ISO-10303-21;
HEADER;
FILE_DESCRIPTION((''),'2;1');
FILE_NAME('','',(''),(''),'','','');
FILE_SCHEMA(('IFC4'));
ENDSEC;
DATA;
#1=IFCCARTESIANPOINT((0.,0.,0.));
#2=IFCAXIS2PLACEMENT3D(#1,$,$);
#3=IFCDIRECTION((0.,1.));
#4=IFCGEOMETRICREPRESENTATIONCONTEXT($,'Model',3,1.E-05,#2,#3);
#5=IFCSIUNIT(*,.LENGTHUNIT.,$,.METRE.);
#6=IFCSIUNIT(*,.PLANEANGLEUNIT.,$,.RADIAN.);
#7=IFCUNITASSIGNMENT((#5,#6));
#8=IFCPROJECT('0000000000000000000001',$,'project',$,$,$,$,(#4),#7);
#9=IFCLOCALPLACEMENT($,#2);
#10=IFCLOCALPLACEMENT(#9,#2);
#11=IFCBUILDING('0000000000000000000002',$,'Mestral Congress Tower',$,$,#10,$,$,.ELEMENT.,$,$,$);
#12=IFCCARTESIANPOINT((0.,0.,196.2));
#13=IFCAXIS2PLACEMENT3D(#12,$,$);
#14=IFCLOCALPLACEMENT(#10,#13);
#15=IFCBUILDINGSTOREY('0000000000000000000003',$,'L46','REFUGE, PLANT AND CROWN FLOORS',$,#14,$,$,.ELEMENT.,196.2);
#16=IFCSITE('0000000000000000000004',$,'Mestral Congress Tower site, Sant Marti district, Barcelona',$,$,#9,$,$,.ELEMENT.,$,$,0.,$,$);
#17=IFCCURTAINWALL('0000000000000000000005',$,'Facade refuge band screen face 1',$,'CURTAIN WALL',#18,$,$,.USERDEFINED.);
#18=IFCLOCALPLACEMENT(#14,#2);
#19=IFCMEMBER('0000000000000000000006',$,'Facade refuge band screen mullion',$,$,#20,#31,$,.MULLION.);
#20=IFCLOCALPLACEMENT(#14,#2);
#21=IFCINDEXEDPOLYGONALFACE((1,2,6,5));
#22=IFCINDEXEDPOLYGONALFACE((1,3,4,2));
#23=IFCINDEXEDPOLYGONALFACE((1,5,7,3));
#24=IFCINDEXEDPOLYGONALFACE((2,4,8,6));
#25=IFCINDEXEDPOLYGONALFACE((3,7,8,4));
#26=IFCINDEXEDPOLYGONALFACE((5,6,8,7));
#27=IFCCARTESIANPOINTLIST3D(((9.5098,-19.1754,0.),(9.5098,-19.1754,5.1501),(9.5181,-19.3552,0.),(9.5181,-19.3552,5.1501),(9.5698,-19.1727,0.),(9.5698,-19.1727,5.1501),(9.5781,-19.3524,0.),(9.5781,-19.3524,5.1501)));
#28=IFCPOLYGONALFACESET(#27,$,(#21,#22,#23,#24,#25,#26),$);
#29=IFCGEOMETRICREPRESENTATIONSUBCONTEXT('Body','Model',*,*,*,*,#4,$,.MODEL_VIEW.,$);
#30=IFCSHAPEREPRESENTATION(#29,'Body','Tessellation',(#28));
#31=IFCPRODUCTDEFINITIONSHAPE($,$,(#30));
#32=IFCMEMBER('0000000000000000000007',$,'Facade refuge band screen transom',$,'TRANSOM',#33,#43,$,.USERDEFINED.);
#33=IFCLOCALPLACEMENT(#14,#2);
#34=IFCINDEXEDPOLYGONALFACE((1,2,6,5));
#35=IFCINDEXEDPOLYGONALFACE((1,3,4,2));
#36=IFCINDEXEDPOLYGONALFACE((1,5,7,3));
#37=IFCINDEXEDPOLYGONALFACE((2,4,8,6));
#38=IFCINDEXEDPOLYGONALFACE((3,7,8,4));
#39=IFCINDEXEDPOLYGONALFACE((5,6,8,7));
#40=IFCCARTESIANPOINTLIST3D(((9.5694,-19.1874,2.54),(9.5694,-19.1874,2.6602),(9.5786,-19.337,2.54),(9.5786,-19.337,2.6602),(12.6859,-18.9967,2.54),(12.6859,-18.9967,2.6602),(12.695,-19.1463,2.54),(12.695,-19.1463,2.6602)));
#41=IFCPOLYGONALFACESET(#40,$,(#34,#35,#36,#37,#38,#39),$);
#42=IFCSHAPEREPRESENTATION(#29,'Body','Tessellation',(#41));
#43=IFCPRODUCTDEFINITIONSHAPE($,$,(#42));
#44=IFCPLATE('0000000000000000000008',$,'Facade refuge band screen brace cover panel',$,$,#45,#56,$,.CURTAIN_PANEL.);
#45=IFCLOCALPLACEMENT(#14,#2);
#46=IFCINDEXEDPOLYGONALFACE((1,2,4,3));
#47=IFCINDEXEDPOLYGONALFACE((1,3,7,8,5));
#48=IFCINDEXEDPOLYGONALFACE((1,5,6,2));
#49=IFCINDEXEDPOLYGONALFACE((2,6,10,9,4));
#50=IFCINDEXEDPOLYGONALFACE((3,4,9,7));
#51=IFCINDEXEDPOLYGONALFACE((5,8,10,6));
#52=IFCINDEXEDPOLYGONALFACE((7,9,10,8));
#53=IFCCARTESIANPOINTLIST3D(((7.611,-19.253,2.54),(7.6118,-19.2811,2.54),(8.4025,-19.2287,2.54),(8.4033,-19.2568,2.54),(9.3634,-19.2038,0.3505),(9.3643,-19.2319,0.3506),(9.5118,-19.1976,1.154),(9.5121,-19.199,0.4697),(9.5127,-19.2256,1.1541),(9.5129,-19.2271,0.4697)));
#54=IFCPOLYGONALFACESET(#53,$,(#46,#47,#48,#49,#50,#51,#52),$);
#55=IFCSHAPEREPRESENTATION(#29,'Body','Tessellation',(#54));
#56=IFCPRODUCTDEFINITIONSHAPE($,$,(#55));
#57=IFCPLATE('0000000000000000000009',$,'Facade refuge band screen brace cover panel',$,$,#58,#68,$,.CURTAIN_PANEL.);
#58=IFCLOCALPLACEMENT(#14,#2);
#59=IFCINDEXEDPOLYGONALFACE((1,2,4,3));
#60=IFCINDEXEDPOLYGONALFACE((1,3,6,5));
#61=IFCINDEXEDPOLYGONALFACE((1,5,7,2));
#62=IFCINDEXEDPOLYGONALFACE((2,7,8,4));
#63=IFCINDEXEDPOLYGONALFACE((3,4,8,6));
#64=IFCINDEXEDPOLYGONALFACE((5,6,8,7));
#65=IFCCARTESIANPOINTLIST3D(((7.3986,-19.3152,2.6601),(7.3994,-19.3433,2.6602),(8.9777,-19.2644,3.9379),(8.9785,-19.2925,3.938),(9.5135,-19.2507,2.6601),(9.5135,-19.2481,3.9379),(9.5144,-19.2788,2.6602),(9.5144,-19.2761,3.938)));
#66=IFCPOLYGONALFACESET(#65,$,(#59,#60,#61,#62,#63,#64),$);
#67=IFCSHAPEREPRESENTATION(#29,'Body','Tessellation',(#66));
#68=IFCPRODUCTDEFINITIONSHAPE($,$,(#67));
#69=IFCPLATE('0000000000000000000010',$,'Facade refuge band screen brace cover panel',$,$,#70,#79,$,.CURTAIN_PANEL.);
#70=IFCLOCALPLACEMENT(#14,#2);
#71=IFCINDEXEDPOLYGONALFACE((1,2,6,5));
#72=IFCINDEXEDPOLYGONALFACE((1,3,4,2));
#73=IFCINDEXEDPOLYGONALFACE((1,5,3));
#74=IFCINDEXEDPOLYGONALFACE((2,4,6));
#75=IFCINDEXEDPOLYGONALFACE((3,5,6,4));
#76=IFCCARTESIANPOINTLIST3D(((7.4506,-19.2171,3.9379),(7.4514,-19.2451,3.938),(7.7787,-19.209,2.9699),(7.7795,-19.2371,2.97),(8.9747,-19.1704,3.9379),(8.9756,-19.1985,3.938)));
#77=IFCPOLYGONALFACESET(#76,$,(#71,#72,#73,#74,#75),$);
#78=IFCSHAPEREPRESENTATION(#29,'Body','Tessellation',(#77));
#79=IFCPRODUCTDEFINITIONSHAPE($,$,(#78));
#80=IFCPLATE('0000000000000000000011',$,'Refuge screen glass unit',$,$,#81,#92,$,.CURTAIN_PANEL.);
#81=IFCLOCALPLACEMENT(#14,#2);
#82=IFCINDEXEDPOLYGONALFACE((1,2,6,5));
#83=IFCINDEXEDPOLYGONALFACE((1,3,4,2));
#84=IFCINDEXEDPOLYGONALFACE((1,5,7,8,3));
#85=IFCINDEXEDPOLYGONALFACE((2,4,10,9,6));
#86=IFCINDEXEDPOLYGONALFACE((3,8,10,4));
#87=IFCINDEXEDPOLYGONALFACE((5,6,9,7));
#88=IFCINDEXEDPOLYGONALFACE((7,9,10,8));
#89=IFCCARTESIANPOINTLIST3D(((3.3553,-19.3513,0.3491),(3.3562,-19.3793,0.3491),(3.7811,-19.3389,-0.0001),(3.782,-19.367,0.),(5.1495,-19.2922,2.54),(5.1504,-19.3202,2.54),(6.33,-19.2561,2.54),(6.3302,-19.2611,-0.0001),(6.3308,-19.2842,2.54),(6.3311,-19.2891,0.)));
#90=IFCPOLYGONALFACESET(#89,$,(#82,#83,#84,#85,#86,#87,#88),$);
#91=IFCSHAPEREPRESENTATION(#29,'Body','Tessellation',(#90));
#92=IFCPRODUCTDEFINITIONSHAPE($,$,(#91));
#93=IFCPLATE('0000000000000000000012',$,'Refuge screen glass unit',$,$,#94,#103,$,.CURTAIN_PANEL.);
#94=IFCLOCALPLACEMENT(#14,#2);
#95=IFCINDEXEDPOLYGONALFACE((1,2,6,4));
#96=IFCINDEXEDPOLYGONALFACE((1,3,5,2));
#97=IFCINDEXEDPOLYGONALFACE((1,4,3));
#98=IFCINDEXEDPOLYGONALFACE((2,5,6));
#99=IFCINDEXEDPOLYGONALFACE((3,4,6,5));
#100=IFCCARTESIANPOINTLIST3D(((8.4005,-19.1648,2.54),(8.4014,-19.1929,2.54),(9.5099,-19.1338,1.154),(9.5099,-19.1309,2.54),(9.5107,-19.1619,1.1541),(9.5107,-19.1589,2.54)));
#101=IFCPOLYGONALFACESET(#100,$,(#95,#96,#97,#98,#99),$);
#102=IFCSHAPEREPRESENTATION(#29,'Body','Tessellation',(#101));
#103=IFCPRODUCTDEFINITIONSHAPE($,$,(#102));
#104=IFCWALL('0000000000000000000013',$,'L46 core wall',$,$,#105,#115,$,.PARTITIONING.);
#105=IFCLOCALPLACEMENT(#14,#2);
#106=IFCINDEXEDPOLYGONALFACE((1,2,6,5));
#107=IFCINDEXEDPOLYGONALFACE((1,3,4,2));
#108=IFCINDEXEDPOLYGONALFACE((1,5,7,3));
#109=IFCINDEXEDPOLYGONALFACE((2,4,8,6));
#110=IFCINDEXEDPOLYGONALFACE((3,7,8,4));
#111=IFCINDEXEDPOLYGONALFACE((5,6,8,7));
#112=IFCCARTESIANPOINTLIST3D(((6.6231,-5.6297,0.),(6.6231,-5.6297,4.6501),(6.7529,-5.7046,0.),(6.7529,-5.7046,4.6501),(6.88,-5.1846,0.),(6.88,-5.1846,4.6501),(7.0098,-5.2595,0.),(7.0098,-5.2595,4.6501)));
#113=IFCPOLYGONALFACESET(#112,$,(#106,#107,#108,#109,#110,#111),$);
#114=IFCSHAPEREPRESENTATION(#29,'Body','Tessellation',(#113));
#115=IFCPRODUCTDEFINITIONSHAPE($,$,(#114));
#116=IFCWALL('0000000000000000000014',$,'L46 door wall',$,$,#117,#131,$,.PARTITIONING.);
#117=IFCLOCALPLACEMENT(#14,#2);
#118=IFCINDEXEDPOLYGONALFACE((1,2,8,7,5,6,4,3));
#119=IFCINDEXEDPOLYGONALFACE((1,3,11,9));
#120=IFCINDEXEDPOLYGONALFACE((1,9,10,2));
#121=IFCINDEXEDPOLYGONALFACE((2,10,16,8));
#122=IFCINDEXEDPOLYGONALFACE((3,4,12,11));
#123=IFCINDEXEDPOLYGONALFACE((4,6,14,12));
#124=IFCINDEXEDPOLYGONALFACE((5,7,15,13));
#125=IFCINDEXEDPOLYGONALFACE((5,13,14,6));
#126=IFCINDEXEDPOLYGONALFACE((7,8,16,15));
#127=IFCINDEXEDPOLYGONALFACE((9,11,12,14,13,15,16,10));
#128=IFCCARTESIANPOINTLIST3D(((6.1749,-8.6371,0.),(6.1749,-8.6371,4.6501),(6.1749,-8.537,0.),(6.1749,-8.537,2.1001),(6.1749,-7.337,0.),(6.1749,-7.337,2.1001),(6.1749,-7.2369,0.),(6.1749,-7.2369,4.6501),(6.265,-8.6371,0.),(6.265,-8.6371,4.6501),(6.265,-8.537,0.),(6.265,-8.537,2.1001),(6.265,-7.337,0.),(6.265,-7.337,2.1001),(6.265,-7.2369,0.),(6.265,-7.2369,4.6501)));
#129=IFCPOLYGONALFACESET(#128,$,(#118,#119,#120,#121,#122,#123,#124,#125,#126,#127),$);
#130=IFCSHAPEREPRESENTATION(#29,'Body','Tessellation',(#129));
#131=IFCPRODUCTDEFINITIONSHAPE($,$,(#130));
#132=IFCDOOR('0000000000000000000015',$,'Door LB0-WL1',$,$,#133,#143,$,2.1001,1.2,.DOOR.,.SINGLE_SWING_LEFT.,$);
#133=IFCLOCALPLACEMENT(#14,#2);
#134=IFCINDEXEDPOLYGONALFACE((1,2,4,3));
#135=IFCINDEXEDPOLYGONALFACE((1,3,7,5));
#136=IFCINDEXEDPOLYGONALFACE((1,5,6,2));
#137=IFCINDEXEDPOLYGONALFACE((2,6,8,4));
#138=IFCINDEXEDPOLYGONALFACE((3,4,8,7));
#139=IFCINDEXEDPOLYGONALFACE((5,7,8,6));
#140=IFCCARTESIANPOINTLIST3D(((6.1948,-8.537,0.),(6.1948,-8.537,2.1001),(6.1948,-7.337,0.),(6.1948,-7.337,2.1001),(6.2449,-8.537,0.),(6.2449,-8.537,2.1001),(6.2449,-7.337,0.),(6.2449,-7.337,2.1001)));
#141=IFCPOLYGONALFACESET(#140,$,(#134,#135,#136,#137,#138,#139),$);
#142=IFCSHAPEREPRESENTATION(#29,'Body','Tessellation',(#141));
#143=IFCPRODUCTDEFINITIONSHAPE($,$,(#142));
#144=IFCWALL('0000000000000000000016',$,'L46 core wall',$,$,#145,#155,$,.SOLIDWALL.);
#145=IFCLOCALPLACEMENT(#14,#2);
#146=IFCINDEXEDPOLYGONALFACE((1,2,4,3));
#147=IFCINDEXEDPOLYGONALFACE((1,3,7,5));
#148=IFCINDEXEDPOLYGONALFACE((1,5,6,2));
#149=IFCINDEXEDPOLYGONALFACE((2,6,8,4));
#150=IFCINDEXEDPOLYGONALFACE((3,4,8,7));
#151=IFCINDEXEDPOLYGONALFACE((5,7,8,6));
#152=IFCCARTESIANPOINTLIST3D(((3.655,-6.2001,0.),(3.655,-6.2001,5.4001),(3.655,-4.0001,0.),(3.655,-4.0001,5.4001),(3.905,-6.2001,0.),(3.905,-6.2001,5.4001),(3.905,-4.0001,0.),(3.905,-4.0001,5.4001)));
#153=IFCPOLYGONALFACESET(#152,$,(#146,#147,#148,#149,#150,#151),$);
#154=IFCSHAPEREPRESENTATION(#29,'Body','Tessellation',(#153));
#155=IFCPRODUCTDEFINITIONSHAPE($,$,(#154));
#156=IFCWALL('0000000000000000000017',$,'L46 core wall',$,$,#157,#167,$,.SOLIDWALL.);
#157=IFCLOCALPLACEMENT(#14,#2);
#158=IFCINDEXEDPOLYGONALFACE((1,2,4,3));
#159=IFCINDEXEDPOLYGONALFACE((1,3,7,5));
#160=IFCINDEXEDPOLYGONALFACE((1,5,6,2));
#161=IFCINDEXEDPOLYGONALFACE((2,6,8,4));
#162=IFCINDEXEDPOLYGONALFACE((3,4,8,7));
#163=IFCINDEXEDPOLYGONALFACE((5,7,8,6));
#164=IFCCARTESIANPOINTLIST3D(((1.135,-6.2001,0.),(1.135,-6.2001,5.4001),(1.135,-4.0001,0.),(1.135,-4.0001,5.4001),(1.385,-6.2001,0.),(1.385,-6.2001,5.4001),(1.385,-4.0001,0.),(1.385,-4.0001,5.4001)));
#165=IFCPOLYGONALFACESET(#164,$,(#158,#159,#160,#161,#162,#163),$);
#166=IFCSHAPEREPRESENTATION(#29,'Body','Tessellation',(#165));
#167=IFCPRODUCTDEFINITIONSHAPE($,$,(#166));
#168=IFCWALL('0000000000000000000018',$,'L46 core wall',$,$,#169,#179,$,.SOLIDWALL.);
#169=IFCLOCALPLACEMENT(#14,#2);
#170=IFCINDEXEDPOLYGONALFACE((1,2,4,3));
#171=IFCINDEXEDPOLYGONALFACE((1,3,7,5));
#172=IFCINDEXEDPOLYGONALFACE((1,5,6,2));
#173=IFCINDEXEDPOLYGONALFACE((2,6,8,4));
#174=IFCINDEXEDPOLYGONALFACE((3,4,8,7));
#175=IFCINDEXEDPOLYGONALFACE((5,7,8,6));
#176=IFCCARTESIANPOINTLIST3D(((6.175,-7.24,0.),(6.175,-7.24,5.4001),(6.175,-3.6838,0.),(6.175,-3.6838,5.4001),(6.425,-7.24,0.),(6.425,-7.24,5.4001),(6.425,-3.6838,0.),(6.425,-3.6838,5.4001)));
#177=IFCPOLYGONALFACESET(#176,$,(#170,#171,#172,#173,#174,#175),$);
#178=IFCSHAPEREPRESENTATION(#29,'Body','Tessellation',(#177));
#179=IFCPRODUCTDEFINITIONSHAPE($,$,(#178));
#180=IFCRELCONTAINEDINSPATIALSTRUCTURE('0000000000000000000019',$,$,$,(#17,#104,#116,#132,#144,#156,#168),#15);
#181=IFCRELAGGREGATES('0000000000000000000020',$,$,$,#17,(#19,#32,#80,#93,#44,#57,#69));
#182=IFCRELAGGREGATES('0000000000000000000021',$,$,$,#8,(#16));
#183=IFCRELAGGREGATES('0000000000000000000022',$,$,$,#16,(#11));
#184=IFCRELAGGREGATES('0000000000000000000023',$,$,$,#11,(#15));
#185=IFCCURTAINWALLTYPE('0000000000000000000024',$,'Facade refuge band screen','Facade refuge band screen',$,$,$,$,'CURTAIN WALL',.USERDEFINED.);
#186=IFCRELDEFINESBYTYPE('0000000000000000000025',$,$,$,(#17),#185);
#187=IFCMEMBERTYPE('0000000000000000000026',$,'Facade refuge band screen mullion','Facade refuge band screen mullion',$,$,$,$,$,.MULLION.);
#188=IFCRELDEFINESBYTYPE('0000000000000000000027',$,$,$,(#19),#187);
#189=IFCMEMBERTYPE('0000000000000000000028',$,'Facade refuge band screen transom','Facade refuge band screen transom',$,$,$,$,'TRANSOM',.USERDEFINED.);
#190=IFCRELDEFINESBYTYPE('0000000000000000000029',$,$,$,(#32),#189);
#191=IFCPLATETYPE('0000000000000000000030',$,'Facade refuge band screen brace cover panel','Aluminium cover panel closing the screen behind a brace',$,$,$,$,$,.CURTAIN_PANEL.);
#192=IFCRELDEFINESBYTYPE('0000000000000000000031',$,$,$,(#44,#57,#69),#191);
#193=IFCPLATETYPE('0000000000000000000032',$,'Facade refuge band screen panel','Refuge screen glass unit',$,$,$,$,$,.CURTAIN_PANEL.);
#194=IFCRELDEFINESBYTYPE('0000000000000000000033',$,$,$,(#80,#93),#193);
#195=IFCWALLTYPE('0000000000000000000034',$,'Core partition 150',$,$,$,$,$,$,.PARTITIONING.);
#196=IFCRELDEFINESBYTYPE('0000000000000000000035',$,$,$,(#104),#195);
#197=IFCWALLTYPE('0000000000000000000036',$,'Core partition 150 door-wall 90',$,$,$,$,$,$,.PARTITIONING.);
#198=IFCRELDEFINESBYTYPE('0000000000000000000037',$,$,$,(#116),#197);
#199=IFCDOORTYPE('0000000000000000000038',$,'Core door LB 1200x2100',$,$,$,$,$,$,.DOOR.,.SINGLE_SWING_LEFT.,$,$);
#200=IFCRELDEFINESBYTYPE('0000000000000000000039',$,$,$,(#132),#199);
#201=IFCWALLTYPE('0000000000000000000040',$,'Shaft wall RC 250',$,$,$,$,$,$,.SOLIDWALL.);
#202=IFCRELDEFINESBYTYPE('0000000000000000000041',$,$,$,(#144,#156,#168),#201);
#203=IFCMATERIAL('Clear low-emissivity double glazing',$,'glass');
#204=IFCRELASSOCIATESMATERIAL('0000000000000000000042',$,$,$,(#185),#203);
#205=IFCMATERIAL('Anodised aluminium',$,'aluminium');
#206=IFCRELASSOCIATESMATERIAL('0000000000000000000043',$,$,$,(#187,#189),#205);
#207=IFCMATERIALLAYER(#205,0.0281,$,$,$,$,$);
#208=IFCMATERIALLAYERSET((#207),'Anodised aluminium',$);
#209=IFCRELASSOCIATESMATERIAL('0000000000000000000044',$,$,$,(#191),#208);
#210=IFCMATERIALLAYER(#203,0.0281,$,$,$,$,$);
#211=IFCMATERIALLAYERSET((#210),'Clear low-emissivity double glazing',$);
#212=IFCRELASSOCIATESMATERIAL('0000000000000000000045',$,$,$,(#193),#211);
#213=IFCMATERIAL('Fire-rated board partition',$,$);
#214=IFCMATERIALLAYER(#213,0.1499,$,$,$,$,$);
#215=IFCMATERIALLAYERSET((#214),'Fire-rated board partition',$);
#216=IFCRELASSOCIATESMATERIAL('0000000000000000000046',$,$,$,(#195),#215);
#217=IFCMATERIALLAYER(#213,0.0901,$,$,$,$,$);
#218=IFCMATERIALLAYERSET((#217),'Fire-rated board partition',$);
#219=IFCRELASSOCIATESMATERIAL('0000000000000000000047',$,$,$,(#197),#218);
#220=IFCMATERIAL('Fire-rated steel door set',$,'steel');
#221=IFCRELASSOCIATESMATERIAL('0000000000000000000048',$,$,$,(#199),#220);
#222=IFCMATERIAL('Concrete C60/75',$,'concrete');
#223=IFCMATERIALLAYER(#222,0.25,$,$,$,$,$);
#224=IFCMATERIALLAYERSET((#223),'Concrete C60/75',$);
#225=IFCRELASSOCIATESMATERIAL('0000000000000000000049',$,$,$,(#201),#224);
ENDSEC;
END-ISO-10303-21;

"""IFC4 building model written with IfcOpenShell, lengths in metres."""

from ifc_helpers import new_model, si_unit, direction, frame, frame_2d, origin, origin_2d, place, context, subcontext, project, spatial, polyline, rectangle, outline, extrude, material, layer, layer_set, material_profile, profile_set, type_object, element, fill, aggregate, save


model = new_model("IFC4")

# Units and contexts
model_context = context("Model", 3, precision=1e-05, world=origin(), true_north=direction((0.0, 1.0)))
body_context = subcontext(model_context, "Body", "Model", "MODEL_VIEW")
ifc_project = project(units=[si_unit("LENGTHUNIT", "METRE"), si_unit("PLANEANGLEUNIT", "RADIAN")], contexts=[model_context])

# Site, building, storey
site_placement = place(None, origin())
site = spatial("IfcSite", under=ifc_project, at=site_placement, Name="Mestral Congress Tower site, Sant Marti district, Barcelona", CompositionType="ELEMENT", RefElevation=0.0)
building_placement = place(site_placement, origin())
building = spatial("IfcBuilding", under=site, at=building_placement, Name="Mestral Congress Tower", CompositionType="ELEMENT")
storey_placement = place(building_placement, frame((0.0, 0.0, 196.2)))
storey = spatial("IfcBuildingStorey", under=building, at=storey_placement, Name="L46", Description="REFUGE, PLANT AND CROWN FLOORS", CompositionType="ELEMENT", Elevation=196.2)

# Curtain wall, members, plates
ifc_material_1 = material(Name="Clear low-emissivity double glazing", Category="glass")
curtain_wall_type = type_object("IfcCurtainWallType", Name="Facade refuge band screen", Description="Facade refuge band screen", ElementType="CURTAIN WALL", PredefinedType="USERDEFINED", material=ifc_material_1)
placement = place(storey_placement, origin())
curtain_wall = element("IfcCurtainWall", 1, at=placement, inside=storey, type_object=curtain_wall_type, Name="Facade refuge band screen face 1", ObjectType="CURTAIN WALL", PredefinedType="USERDEFINED")
ifc_material_2 = material(Name="Anodised aluminium", Category="aluminium")
ifc_material_profile_1 = material_profile(ifc_material_2, rectangle(XDim=0.1799, YDim=0.0601, at=origin_2d()), Name="CW3 mullion 180 x 60")
ifc_profile_set_1 = profile_set([ifc_material_profile_1], Name="Anodised aluminium")
member_type_1 = type_object("IfcMemberType", Name="Facade refuge band screen mullion", Description="Facade refuge band screen mullion", PredefinedType="MULLION", material=ifc_profile_set_1)
member_1_placement = place(storey_placement, frame((9.5439, -19.2639, 0.0), z_axis=(0.0, 0.0, 1.0), x_axis=(0.045771, -0.998952, 0.0)))
member_1 = element("IfcMember", 2, at=member_1_placement, type_object=member_type_1, Name="Facade refuge band screen mullion", PredefinedType="MULLION", context=body_context, shape_type="SweptSolid", body=[
    extrude(rectangle(XDim=0.1799, YDim=0.0601, at=origin_2d()), origin(), (0.0, 0.0, 1.0), 5.1501),
])
ifc_material_profile_2 = material_profile(ifc_material_2, rectangle(XDim=0.1499, YDim=0.1201, at=origin_2d()), Name="CW3 transom 150 x 120")
ifc_profile_set_2 = profile_set([ifc_material_profile_2], Name="Anodised aluminium")
member_type_2 = type_object("IfcMemberType", Name="Facade refuge band screen transom", Description="Facade refuge band screen transom", ElementType="TRANSOM", PredefinedType="USERDEFINED", material=ifc_profile_set_2)
member_2_placement = place(storey_placement, frame((9.574, -19.2622, 2.6001), z_axis=(0.998134, 0.061069, 0.0), x_axis=(-0.061069, 0.998134, 0.0)))
member_2 = element("IfcMember", 3, at=member_2_placement, type_object=member_type_2, Name="Facade refuge band screen transom", ObjectType="TRANSOM", PredefinedType="USERDEFINED", context=body_context, shape_type="SweptSolid", body=[
    extrude(rectangle(XDim=0.1499, YDim=0.1201, at=origin_2d()), origin(), (0.0, 0.0, 1.0), 3.1223),
])
ifc_layer_1 = layer(ifc_material_2, 0.0281)
ifc_layer_set_1 = layer_set([ifc_layer_1], Name="Anodised aluminium")
plate_type_1 = type_object("IfcPlateType", Name="Facade refuge band screen brace cover panel", Description="Aluminium cover panel closing the screen behind a brace", PredefinedType="CURTAIN_PANEL", material=ifc_layer_set_1)
plate_1_placement = place(storey_placement, frame((9.5129, -19.2271, 0.4697), z_axis=(0.03068, -0.999527, 0.002093), x_axis=(-0.780124, -0.025255, -0.625115)))
plate_1 = element("IfcPlate", 4, at=plate_1_placement, type_object=plate_type_1, Name="Facade refuge band screen brace cover panel", PredefinedType="CURTAIN_PANEL", context=body_context, shape_type="SweptSolid", body=[
    extrude(outline(polyline([(0.0, 0.0), (0.1906, 0.0), (0.1903, -2.8048), (-0.4278, -2.3098), (-0.4276, -0.5343), (0.0, 0.0)])), origin(), (0.0, 0.0, -1.0), 0.0281),
])
plate_2_placement = place(storey_placement, frame((9.5144, -19.2788, 2.6602), z_axis=(0.03047, -0.999534, 0.002084), x_axis=(-0.999536, -0.03047, 0.0)))
plate_2 = element("IfcPlate", 5, at=plate_2_placement, type_object=plate_type_1, Name="Facade refuge band screen brace cover panel", PredefinedType="CURTAIN_PANEL", context=body_context, shape_type="SweptSolid", body=[
    extrude(outline(polyline([(0.0, 0.0), (2.116, 0.0), (0.5361, -1.2778), (-0.0001, -1.2778), (0.0, 0.0)])), origin(), (0.0, 0.0, -1.0), 0.0281),
])
plate_3_placement = place(storey_placement, frame((8.9756, -19.1985, 3.938), z_axis=(0.03058, -0.99953, 0.002047), x_axis=(-0.777067, -0.025062, -0.628918)))
plate_3 = element("IfcPlate", 6, at=plate_3_placement, type_object=plate_type_1, Name="Facade refuge band screen brace cover panel", PredefinedType="CURTAIN_PANEL", context=body_context, shape_type="SweptSolid", body=[
    extrude(outline(polyline([(0.0, 0.0), (1.5392, 0.0), (1.1856, -0.959), (0.0, 0.0)])), origin(), (0.0, 0.0, -1.0), 0.0281),
])
ifc_layer_2 = layer(ifc_material_1, 0.0281)
ifc_layer_set_2 = layer_set([ifc_layer_2], Name="Clear low-emissivity double glazing")
plate_type_2 = type_object("IfcPlateType", Name="Facade refuge band screen panel", Description="Refuge screen glass unit", PredefinedType="CURTAIN_PANEL", material=ifc_layer_set_2)
plate_4_placement = place(storey_placement, frame((6.3308, -19.2842, 2.54), z_axis=(0.03053, -0.999532, 0.001958), x_axis=(0.000097, -0.001956, -0.999998)))
plate_4 = element("IfcPlate", 7, at=plate_4_placement, type_object=plate_type_2, Name="Refuge screen glass unit", PredefinedType="CURTAIN_PANEL", context=body_context, shape_type="SweptSolid", body=[
    extrude(outline(polyline([(0.0, 0.0), (2.54, 0.0), (2.5399, -2.5503), (2.1908, -2.9762), (0.0, -1.181), (0.0, 0.0)])), origin(), (0.0, 0.0, -1.0), 0.0281),
])
plate_5_placement = place(storey_placement, frame((9.5107, -19.1589, 2.54), z_axis=(0.030575, -0.99953, 0.002113), x_axis=(0.0, -0.002114, -0.999998)))
plate_5 = element("IfcPlate", 8, at=plate_5_placement, type_object=plate_type_2, Name="Refuge screen glass unit", PredefinedType="CURTAIN_PANEL", context=body_context, shape_type="SweptSolid", body=[
    extrude(outline(polyline([(0.0, 0.0), (1.386, 0.0), (0.0001, -1.1099), (0.0, 0.0)])), origin(), (0.0, 0.0, -1.0), 0.0281),
])

# Wall
ifc_material_3 = material(Name="Fire-rated board partition")
ifc_layer_3 = layer(ifc_material_3, 0.1499)
ifc_layer_set_3 = layer_set([ifc_layer_3], Name="Fire-rated board partition")
wall_type_1 = type_object("IfcWallType", Name="Core partition 150", PredefinedType="PARTITIONING", material=ifc_layer_set_3)
wall_1_placement = place(storey_placement, frame((6.9448, -5.2222, 0.0), z_axis=(0.0, 0.0, 1.0), x_axis=(-0.499818, -0.86613, 0.0)))
element("IfcWall", 9, at=wall_1_placement, inside=storey, type_object=wall_type_1, Name="L46 core wall", PredefinedType="PARTITIONING", context=body_context, shape_type="SweptSolid", body=[
    extrude(rectangle(XDim=0.5139, YDim=0.1499, at=frame_2d((0.2568, 0.0))), origin(), (0.0, 0.0, 1.0), 4.6501),
])

# Wall, opening, door
ifc_layer_4 = layer(ifc_material_3, 0.0901)
ifc_layer_set_4 = layer_set([ifc_layer_4], Name="Fire-rated board partition")
wall_type_2 = type_object("IfcWallType", Name="Core partition 150 door-wall 90", PredefinedType="PARTITIONING", material=ifc_layer_set_4)
wall_2_placement = place(storey_placement, frame((6.22, -7.2368, 0.0), z_axis=(0.0, 0.0, 1.0), x_axis=(0.0, -1.0, 0.0)))
wall_2 = element("IfcWall", 10, at=wall_2_placement, inside=storey, type_object=wall_type_2, Name="L46 door wall", PredefinedType="PARTITIONING", context=body_context, shape_type="SweptSolid", body=[
    extrude(rectangle(XDim=1.4001, YDim=0.0901, at=frame_2d((0.7002, 0.0))), origin(), (0.0, 0.0, 1.0), 4.6501),
])
opening_1_placement = place(wall_2_placement, frame((0.1001, 0.0, 0.0)))
opening_1 = element("IfcOpeningElement", 11, at=opening_1_placement, cuts=wall_2, PredefinedType="OPENING", context=body_context, shape_type="SweptSolid", body=[
    extrude(rectangle(XDim=1.2, YDim=2.1001, at=frame_2d((0.6001, 1.05))), frame((0.0, 0.0549, 0.0), z_axis=(0.0, -1.0, 0.0), x_axis=(1.0, 0.0, 0.0)), (0.0, 0.0, 1.0), 0.1101),
])
ifc_material_4 = material(Name="Fire-rated steel door set", Category="steel")
door_type_1 = type_object("IfcDoorType", Name="Core door LB 1200x2100", OperationType="SINGLE_SWING_LEFT", PredefinedType="DOOR", material=ifc_material_4)
door_1_placement = place(opening_1_placement, origin())
door_1 = element("IfcDoor", 12, at=door_1_placement, inside=storey, type_object=door_type_1, Name="Door LB0-WL1", OperationType="SINGLE_SWING_LEFT", OverallHeight=2.1001, OverallWidth=1.2, PredefinedType="DOOR", context=body_context, shape_type="SweptSolid", body=[
    extrude(rectangle(XDim=1.2, YDim=2.1001, at=frame_2d((0.6001, 1.05))), frame((0.0, 0.0249, 0.0), z_axis=(0.0, -1.0, 0.0), x_axis=(1.0, 0.0, 0.0)), (0.0, 0.0, 1.0), 0.05),
])
fill(opening_1, door_1)

# Walls
ifc_material_5 = material(Name="Concrete C60/75", Category="concrete")
ifc_layer_5 = layer(ifc_material_5, 0.25)
ifc_layer_set_5 = layer_set([ifc_layer_5], Name="Concrete C60/75")
wall_type_3 = type_object("IfcWallType", Name="Shaft wall RC 250", PredefinedType="SOLIDWALL", material=ifc_layer_set_5)
for number, where, z_axis, x_axis, name in (
    (13, (3.78, -4.0, 0.0), (0.0, 0.0, 1.0), (0.0, -1.0, 0.0), "L46 core wall"),
    (14, (1.26, -4.0, 0.0), (0.0, 0.0, 1.0), (0.0, -1.0, 0.0), "L46 core wall"),
):
    element("IfcWall", number, at=place(storey_placement, frame(where, z_axis=z_axis, x_axis=x_axis)), inside=storey, type_object=wall_type_3, Name=name, PredefinedType="SOLIDWALL", context=body_context, shape_type="SweptSolid", body=[
        extrude(rectangle(XDim=2.2, YDim=0.25, at=frame_2d((1.1001, 0.0))), origin(), (0.0, 0.0, 1.0), 5.4001),
    ])
wall_3_placement = place(storey_placement, frame((6.3, -7.24, 0.0), z_axis=(0.0, 0.0, 1.0), x_axis=(0.0, 1.0, 0.0)))
element("IfcWall", 15, at=wall_3_placement, inside=storey, type_object=wall_type_3, Name="L46 core wall", PredefinedType="SOLIDWALL", context=body_context, shape_type="SweptSolid", body=[
    extrude(rectangle(XDim=3.5562, YDim=0.25, at=frame_2d((1.7781, 0.0))), origin(), (0.0, 0.0, 1.0), 5.4001),
])

aggregate(curtain_wall, [member_1, member_2, plate_4, plate_5, plate_1, plate_2, plate_3])

save(model, "model.ifc")
